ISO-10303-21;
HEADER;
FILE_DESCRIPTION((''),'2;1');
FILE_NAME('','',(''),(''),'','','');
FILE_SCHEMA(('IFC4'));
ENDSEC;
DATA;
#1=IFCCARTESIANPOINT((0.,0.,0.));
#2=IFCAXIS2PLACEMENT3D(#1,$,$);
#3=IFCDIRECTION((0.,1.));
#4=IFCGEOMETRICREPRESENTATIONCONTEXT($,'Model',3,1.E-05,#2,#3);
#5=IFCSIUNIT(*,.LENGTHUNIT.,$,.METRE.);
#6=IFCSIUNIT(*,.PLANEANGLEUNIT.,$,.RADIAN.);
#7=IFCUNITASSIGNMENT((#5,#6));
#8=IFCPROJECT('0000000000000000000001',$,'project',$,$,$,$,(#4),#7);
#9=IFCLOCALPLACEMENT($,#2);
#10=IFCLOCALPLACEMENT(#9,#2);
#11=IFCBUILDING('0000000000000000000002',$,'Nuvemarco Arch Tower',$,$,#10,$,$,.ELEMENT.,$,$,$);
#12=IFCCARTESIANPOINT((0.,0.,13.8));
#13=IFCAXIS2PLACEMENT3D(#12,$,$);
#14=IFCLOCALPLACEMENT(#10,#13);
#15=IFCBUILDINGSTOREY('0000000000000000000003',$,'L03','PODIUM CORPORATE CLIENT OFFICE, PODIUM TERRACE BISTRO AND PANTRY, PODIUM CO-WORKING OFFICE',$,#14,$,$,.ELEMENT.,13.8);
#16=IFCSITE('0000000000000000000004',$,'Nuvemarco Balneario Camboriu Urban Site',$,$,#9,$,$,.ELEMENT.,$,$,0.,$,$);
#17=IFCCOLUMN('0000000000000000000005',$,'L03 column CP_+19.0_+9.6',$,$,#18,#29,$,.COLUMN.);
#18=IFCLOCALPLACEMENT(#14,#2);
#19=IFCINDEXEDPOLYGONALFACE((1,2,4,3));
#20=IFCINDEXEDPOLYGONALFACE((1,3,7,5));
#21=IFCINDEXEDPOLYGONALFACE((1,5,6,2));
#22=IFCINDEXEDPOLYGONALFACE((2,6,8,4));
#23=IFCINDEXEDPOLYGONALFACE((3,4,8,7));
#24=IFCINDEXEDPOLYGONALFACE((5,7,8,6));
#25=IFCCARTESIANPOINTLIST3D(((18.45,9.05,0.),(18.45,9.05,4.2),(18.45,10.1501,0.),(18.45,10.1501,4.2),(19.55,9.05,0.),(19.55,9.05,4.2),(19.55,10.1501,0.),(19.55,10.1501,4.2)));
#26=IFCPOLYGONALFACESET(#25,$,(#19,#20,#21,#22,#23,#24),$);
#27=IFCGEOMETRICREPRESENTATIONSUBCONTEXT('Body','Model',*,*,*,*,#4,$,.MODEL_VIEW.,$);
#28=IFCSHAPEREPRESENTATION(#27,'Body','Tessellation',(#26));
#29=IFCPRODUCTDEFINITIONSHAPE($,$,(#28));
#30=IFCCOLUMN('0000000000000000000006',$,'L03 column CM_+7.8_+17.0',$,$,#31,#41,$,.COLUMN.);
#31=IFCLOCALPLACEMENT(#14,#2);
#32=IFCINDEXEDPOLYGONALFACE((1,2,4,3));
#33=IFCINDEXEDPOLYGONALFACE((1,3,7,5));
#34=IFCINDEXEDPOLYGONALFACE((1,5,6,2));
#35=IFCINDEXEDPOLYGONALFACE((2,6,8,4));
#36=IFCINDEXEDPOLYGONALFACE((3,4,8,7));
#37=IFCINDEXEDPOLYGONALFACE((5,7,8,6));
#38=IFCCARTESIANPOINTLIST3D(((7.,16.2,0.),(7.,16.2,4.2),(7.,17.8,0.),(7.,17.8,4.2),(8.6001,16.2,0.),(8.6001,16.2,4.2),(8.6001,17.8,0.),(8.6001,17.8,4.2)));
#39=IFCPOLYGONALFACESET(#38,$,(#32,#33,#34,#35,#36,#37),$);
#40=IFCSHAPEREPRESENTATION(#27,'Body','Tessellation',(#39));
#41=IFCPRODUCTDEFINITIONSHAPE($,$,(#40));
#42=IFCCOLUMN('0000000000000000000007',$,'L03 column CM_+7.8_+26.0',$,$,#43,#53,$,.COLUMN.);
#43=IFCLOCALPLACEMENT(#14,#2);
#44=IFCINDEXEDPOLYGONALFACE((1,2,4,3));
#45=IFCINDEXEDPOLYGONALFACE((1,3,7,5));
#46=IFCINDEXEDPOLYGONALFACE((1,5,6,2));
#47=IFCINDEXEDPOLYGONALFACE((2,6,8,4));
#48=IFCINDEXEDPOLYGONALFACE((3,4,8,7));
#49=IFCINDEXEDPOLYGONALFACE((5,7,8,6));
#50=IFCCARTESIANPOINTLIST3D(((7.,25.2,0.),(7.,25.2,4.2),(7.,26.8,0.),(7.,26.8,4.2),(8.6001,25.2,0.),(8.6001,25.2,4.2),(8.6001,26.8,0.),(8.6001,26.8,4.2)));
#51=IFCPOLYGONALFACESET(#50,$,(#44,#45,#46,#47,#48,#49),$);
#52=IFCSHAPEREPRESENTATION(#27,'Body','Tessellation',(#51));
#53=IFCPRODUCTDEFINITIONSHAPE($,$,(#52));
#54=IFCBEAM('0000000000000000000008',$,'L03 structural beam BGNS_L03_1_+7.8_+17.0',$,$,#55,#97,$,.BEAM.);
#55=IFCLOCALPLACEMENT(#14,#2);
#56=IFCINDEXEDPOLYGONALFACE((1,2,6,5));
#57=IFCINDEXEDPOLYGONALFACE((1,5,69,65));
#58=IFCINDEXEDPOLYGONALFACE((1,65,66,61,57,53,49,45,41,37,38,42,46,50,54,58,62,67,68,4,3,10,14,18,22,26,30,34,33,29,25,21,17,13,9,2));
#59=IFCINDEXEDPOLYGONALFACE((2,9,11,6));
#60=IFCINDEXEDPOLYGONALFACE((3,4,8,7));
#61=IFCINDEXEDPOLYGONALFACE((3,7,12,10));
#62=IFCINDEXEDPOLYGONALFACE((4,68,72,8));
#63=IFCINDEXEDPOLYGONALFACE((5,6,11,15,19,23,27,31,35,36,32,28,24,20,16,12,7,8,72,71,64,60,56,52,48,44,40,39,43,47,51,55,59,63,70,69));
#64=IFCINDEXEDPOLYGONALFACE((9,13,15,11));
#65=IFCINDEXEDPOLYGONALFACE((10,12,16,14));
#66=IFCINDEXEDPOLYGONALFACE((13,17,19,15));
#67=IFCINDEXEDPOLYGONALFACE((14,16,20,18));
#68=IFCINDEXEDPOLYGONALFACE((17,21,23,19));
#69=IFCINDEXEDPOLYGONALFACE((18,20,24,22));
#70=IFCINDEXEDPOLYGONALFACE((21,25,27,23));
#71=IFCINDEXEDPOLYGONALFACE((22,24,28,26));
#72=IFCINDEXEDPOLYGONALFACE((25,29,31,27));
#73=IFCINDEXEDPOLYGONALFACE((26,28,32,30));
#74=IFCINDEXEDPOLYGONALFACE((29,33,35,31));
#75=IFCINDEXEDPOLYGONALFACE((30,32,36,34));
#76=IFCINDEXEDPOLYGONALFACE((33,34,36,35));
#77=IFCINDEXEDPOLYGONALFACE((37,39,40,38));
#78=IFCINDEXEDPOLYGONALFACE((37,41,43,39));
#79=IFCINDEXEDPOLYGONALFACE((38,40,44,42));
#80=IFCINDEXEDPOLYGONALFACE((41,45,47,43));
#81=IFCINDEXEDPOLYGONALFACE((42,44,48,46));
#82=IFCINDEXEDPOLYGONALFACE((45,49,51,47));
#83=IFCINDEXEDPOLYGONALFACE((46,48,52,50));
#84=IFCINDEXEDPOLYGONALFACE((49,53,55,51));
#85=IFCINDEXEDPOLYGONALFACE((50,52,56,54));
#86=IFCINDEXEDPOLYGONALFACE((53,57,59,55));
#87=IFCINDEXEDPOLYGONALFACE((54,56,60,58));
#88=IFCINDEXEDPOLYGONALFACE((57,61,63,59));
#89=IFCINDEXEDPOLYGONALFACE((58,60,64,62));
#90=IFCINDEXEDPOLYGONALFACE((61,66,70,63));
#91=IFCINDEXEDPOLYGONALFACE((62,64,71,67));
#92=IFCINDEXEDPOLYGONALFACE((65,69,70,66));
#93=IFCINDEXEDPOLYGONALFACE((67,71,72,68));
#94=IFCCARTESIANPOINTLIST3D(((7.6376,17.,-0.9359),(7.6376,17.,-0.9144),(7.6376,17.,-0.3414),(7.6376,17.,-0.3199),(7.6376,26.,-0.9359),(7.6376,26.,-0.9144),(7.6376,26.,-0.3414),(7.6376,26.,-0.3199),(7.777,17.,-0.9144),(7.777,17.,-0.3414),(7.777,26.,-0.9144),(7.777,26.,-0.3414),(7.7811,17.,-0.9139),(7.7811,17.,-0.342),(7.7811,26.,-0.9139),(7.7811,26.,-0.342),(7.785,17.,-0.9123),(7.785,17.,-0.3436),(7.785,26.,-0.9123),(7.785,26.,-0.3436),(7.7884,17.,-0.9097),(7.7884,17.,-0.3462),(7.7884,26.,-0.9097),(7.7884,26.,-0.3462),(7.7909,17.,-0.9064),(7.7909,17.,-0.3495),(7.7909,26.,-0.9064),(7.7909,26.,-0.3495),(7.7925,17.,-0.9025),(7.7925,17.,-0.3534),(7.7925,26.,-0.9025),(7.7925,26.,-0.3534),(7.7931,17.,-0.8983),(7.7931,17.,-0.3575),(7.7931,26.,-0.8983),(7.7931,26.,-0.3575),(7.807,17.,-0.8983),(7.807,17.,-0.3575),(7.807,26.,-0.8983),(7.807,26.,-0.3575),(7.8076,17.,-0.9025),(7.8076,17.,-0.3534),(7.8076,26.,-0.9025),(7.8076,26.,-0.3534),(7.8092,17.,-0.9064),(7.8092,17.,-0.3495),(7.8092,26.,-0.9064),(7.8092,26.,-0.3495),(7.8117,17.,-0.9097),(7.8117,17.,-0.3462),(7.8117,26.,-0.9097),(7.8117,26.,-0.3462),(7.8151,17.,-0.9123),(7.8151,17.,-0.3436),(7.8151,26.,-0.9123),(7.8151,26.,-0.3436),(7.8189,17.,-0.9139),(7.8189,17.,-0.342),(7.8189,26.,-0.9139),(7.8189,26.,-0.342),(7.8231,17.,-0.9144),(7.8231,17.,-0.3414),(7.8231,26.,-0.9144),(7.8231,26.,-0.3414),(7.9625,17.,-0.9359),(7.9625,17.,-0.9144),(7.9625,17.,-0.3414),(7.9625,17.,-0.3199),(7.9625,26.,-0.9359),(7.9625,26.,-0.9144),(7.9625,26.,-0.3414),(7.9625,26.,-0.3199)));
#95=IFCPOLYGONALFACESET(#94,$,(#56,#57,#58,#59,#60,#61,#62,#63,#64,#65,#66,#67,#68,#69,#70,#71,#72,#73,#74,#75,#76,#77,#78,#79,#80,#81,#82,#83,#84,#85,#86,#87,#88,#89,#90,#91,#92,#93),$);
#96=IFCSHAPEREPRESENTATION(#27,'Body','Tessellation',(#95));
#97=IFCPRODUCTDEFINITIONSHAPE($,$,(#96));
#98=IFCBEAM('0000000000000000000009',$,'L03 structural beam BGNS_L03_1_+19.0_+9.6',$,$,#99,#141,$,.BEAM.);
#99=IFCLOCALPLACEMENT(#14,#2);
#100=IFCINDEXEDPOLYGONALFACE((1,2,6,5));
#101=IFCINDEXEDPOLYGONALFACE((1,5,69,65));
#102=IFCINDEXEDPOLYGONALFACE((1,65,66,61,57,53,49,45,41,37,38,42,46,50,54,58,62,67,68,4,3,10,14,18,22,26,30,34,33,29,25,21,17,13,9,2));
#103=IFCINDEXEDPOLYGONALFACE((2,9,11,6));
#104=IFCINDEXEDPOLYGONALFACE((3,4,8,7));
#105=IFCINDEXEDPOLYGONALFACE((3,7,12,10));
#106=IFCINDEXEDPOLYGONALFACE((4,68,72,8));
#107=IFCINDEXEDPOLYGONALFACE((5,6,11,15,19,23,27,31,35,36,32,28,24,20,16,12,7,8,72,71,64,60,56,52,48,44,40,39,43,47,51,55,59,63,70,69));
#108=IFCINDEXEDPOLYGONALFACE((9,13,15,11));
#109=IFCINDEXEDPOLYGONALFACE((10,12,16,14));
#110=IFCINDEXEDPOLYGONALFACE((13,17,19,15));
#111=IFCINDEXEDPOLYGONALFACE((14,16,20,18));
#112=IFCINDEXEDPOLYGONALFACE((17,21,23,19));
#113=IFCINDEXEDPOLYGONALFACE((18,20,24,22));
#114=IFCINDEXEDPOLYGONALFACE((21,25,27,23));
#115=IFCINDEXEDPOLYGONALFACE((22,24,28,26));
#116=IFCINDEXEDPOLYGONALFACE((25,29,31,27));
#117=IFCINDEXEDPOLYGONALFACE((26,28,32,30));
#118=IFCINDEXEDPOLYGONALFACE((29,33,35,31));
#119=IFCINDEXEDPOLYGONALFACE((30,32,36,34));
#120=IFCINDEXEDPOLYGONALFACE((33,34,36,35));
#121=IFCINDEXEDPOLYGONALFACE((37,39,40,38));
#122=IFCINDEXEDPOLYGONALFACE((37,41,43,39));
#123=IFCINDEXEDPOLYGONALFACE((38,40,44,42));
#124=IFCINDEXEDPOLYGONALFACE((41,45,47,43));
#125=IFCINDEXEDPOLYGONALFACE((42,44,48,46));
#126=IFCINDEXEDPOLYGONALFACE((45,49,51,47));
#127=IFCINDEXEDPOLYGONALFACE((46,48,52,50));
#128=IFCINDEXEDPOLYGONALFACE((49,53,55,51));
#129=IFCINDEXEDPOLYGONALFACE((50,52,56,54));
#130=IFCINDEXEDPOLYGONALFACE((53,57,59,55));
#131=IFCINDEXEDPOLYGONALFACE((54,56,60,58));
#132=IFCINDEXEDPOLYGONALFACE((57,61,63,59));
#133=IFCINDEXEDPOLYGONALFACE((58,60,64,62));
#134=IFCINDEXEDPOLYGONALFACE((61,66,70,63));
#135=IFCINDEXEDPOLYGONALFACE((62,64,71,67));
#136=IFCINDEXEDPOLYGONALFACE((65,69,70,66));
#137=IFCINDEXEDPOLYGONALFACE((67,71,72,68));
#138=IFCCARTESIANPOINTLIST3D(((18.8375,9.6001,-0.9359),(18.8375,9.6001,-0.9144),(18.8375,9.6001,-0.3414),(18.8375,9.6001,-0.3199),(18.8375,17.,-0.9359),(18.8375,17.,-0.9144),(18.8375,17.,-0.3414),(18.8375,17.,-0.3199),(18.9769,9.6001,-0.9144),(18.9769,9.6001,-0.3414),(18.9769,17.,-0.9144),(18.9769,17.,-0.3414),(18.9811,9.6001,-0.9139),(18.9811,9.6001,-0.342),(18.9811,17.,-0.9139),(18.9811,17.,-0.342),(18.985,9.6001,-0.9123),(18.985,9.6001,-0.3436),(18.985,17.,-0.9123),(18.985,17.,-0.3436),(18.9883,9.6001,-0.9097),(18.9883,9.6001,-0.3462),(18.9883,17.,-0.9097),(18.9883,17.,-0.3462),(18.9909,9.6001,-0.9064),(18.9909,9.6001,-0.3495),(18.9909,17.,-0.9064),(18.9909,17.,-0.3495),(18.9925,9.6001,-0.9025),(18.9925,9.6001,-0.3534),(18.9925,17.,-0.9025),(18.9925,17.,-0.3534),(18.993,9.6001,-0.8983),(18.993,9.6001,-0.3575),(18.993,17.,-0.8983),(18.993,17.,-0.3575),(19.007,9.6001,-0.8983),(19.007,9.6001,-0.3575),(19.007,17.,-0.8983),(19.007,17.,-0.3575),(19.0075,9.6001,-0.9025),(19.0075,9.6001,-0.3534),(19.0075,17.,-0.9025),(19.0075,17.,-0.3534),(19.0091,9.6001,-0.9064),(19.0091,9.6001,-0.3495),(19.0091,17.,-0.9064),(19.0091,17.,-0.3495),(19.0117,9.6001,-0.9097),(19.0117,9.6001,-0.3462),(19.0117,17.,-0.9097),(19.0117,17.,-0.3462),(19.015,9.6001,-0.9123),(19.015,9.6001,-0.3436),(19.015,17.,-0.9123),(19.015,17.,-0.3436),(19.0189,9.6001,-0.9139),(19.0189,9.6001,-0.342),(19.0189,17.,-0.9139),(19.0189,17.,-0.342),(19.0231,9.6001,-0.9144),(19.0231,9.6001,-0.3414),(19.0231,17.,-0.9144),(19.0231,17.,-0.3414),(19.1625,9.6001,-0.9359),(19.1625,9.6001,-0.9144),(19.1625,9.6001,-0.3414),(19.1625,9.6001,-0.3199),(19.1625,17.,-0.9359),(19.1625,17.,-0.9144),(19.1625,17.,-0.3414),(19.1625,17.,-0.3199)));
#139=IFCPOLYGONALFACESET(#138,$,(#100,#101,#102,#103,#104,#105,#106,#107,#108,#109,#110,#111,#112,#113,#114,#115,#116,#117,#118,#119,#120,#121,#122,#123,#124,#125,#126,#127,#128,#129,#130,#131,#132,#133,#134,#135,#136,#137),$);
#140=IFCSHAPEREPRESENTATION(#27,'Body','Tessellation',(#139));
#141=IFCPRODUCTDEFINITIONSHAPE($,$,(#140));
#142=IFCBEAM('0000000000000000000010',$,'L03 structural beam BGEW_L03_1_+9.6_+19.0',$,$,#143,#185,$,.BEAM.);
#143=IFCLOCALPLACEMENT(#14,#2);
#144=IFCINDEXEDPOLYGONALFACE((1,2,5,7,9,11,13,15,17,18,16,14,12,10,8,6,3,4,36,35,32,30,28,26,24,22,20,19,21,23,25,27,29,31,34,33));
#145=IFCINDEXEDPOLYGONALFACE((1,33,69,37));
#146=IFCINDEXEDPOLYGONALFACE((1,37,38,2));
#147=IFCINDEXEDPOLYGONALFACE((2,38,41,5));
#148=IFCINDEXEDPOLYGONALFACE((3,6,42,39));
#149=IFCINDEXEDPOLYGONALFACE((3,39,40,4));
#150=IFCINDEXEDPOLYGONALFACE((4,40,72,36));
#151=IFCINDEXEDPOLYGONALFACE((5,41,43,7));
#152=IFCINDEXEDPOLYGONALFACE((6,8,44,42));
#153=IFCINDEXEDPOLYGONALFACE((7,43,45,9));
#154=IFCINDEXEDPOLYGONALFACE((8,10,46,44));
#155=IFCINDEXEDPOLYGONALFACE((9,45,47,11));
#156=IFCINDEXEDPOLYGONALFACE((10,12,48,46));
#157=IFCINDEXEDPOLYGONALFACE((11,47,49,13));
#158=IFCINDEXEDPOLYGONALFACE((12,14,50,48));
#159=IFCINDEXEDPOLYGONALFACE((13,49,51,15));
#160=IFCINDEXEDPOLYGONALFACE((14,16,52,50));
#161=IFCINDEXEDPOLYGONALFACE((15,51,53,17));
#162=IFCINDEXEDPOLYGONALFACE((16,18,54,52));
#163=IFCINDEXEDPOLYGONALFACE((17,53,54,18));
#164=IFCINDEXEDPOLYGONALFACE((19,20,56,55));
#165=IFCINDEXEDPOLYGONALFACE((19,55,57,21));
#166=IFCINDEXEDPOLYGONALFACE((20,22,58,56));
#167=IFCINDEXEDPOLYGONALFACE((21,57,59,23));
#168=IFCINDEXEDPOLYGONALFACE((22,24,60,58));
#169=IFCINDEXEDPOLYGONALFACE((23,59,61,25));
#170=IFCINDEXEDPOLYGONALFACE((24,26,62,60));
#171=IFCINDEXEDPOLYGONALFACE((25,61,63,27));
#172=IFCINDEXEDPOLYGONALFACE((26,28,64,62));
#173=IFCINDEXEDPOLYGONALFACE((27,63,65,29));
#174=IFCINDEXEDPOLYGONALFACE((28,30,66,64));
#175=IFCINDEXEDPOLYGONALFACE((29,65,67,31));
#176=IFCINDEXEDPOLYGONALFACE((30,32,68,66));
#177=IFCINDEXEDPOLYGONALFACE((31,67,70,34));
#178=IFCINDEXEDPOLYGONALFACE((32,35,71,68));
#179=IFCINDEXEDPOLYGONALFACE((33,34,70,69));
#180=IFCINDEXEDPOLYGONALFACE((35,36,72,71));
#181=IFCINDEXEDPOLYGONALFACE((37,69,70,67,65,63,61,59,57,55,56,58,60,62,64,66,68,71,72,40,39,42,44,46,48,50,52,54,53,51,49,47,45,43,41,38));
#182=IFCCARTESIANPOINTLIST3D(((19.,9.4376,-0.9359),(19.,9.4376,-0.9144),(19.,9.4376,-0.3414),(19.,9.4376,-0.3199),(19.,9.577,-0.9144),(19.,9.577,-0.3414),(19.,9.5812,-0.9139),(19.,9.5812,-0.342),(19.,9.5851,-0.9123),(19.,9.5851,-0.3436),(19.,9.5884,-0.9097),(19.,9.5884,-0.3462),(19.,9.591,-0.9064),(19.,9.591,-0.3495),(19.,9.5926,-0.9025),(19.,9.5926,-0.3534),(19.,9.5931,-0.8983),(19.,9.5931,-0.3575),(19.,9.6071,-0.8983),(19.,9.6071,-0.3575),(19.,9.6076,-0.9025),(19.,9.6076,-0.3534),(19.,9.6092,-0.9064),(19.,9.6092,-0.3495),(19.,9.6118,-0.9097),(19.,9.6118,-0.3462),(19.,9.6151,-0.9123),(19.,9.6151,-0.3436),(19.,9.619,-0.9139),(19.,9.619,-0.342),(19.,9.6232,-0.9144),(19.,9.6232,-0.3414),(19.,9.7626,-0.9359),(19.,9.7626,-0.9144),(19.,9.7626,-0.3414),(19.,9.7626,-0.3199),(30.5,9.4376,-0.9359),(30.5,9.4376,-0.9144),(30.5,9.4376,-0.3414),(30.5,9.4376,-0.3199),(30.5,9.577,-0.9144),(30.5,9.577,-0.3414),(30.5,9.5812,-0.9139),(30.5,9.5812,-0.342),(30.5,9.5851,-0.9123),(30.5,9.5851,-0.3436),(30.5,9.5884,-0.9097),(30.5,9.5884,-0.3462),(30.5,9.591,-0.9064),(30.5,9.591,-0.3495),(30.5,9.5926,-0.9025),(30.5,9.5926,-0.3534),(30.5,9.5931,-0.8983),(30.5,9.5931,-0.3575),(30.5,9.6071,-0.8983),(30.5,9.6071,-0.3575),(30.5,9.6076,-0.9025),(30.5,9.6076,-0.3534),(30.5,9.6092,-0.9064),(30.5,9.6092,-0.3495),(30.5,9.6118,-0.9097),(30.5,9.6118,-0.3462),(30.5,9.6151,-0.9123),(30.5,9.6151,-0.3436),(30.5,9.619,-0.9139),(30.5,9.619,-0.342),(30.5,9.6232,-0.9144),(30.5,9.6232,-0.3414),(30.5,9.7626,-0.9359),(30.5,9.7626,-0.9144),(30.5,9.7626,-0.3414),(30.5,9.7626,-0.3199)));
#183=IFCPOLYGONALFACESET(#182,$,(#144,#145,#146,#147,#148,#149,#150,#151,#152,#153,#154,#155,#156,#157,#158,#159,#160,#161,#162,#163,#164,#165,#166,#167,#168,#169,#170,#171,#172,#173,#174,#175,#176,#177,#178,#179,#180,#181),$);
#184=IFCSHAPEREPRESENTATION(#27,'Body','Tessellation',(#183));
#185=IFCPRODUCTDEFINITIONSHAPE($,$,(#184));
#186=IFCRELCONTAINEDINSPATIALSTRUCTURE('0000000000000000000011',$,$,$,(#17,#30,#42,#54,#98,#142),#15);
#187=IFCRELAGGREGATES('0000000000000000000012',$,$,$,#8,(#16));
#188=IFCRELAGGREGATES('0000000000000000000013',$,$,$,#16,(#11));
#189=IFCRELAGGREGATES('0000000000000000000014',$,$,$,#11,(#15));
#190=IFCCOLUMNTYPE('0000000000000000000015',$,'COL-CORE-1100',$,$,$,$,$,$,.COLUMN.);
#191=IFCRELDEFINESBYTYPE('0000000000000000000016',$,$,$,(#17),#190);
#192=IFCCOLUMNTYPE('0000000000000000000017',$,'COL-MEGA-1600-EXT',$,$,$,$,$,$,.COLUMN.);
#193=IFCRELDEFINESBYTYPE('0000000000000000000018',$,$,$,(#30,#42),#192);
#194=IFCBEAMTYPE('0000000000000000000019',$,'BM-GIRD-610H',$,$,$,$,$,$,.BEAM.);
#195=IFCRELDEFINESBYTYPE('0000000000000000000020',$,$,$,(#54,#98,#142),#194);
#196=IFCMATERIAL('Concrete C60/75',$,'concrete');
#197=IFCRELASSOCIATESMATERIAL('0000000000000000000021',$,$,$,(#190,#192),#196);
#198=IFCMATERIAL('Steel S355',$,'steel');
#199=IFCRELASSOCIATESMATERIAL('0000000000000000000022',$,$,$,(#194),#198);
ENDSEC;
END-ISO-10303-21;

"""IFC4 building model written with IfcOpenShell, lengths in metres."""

from ifc_helpers import new_model, si_unit, direction, frame, origin, origin_2d, place, context, subcontext, project, spatial, rectangle, i_section, extrude, material, material_profile, profile_set, type_object, element, save


model = new_model("IFC4")

# Units and contexts
model_context = context("Model", 3, precision=1e-05, world=origin(), true_north=direction((0.0, 1.0)))
body_context = subcontext(model_context, "Body", "Model", "MODEL_VIEW")
ifc_project = project(units=[si_unit("LENGTHUNIT", "METRE"), si_unit("PLANEANGLEUNIT", "RADIAN")], contexts=[model_context])

# Site, building, storey
site_placement = place(None, origin())
site = spatial("IfcSite", under=ifc_project, at=site_placement, Name="Nuvemarco Balneario Camboriu Urban Site", CompositionType="ELEMENT", RefElevation=0.0)
building_placement = place(site_placement, origin())
building = spatial("IfcBuilding", under=site, at=building_placement, Name="Nuvemarco Arch Tower", CompositionType="ELEMENT")
storey_placement = place(building_placement, frame((0.0, 0.0, 13.8)))
storey = spatial("IfcBuildingStorey", under=building, at=storey_placement, Name="L03", Description="PODIUM CORPORATE CLIENT OFFICE, PODIUM TERRACE BISTRO AND PANTRY, PODIUM CO-WORKING OFFICE", CompositionType="ELEMENT", Elevation=13.8)

# Columns
ifc_material_1 = material(Name="Concrete C60/75", Category="concrete")
ifc_material_profile_1 = material_profile(ifc_material_1, rectangle(XDim=1.1001, YDim=1.1001, at=origin_2d()), Name="RC-COL-1100x1100")
ifc_profile_set_1 = profile_set([ifc_material_profile_1], Name="Concrete C60/75")
column_type_1 = type_object("IfcColumnType", Name="COL-CORE-1100", PredefinedType="COLUMN", material=ifc_profile_set_1)
column_placement = place(storey_placement, frame((19.0, 9.6001, 0.0), z_axis=(0.0, 0.0, 1.0), x_axis=(1.0, 0.0, 0.0)))
element("IfcColumn", 1, at=column_placement, inside=storey, type_object=column_type_1, Name="L03 column CP_+19.0_+9.6", PredefinedType="COLUMN", context=body_context, shape_type="SweptSolid", body=[
    extrude(rectangle(XDim=1.1001, YDim=1.1001, at=origin_2d()), origin(), (0.0, 0.0, 1.0), 4.2),
])
ifc_material_profile_2 = material_profile(ifc_material_1, rectangle(XDim=1.6001, YDim=1.6001, at=origin_2d()), Name="RC-COL-1600x1600")
ifc_profile_set_2 = profile_set([ifc_material_profile_2], Name="Concrete C60/75")
column_type_2 = type_object("IfcColumnType", Name="COL-MEGA-1600-EXT", PredefinedType="COLUMN", material=ifc_profile_set_2)
for number, where, z_axis, x_axis, name in (
    (2, (7.8, 17.0, 0.0), (0.0, 0.0, 1.0), (1.0, 0.0, 0.0), "L03 column CM_+7.8_+17.0"),
    (3, (7.8, 26.0, 0.0), (0.0, 0.0, 1.0), (1.0, 0.0, 0.0), "L03 column CM_+7.8_+26.0"),
):
    element("IfcColumn", number, at=place(storey_placement, frame(where, z_axis=z_axis, x_axis=x_axis)), inside=storey, type_object=column_type_2, Name=name, PredefinedType="COLUMN", context=body_context, shape_type="SweptSolid", body=[
        extrude(rectangle(XDim=1.6001, YDim=1.6001, at=origin_2d()), origin(), (0.0, 0.0, 1.0), 4.2),
    ])

# Beams
ifc_material_2 = material(Name="Steel S355", Category="steel")
ifc_material_profile_3 = material_profile(ifc_material_2, i_section(OverallWidth=0.325, OverallDepth=0.616, WebThickness=0.0139, FlangeThickness=0.0215, FilletRadius=0.0161, at=origin_2d()), Name="W610x174")
ifc_profile_set_3 = profile_set([ifc_material_profile_3], Name="Steel S355")
beam_type_1 = type_object("IfcBeamType", Name="BM-GIRD-610H", PredefinedType="BEAM", material=ifc_profile_set_3)
beam_1_placement = place(storey_placement, frame((7.8, 17.0, -0.6279), z_axis=(0.0, 1.0, 0.0), x_axis=(-1.0, 0.0, 0.0)))
element("IfcBeam", 4, at=beam_1_placement, inside=storey, type_object=beam_type_1, Name="L03 structural beam BGNS_L03_1_+7.8_+17.0", PredefinedType="BEAM", context=body_context, shape_type="SweptSolid", body=[
    extrude(i_section(OverallWidth=0.325, OverallDepth=0.616, WebThickness=0.0139, FlangeThickness=0.0215, FilletRadius=0.0161, at=origin_2d()), origin(), (0.0, 0.0, 1.0), 9.0),
])
beam_2_placement = place(storey_placement, frame((19.0, 9.6001, -0.6279), z_axis=(0.0, 1.0, 0.0), x_axis=(-1.0, 0.0, 0.0)))
element("IfcBeam", 5, at=beam_2_placement, inside=storey, type_object=beam_type_1, Name="L03 structural beam BGNS_L03_1_+19.0_+9.6", PredefinedType="BEAM", context=body_context, shape_type="SweptSolid", body=[
    extrude(i_section(OverallWidth=0.325, OverallDepth=0.616, WebThickness=0.0139, FlangeThickness=0.0215, FilletRadius=0.0161, at=origin_2d()), origin(), (0.0, 0.0, 1.0), 7.3999),
])
beam_3_placement = place(storey_placement, frame((19.0, 9.6001, -0.6279), z_axis=(1.0, 0.0, 0.0), x_axis=(0.0, 1.0, 0.0)))
element("IfcBeam", 6, at=beam_3_placement, inside=storey, type_object=beam_type_1, Name="L03 structural beam BGEW_L03_1_+9.6_+19.0", PredefinedType="BEAM", context=body_context, shape_type="SweptSolid", body=[
    extrude(i_section(OverallWidth=0.325, OverallDepth=0.616, WebThickness=0.0139, FlangeThickness=0.0215, FilletRadius=0.0161, at=origin_2d()), origin(), (0.0, 0.0, 1.0), 11.5),
])

save(model, "model.ifc")
